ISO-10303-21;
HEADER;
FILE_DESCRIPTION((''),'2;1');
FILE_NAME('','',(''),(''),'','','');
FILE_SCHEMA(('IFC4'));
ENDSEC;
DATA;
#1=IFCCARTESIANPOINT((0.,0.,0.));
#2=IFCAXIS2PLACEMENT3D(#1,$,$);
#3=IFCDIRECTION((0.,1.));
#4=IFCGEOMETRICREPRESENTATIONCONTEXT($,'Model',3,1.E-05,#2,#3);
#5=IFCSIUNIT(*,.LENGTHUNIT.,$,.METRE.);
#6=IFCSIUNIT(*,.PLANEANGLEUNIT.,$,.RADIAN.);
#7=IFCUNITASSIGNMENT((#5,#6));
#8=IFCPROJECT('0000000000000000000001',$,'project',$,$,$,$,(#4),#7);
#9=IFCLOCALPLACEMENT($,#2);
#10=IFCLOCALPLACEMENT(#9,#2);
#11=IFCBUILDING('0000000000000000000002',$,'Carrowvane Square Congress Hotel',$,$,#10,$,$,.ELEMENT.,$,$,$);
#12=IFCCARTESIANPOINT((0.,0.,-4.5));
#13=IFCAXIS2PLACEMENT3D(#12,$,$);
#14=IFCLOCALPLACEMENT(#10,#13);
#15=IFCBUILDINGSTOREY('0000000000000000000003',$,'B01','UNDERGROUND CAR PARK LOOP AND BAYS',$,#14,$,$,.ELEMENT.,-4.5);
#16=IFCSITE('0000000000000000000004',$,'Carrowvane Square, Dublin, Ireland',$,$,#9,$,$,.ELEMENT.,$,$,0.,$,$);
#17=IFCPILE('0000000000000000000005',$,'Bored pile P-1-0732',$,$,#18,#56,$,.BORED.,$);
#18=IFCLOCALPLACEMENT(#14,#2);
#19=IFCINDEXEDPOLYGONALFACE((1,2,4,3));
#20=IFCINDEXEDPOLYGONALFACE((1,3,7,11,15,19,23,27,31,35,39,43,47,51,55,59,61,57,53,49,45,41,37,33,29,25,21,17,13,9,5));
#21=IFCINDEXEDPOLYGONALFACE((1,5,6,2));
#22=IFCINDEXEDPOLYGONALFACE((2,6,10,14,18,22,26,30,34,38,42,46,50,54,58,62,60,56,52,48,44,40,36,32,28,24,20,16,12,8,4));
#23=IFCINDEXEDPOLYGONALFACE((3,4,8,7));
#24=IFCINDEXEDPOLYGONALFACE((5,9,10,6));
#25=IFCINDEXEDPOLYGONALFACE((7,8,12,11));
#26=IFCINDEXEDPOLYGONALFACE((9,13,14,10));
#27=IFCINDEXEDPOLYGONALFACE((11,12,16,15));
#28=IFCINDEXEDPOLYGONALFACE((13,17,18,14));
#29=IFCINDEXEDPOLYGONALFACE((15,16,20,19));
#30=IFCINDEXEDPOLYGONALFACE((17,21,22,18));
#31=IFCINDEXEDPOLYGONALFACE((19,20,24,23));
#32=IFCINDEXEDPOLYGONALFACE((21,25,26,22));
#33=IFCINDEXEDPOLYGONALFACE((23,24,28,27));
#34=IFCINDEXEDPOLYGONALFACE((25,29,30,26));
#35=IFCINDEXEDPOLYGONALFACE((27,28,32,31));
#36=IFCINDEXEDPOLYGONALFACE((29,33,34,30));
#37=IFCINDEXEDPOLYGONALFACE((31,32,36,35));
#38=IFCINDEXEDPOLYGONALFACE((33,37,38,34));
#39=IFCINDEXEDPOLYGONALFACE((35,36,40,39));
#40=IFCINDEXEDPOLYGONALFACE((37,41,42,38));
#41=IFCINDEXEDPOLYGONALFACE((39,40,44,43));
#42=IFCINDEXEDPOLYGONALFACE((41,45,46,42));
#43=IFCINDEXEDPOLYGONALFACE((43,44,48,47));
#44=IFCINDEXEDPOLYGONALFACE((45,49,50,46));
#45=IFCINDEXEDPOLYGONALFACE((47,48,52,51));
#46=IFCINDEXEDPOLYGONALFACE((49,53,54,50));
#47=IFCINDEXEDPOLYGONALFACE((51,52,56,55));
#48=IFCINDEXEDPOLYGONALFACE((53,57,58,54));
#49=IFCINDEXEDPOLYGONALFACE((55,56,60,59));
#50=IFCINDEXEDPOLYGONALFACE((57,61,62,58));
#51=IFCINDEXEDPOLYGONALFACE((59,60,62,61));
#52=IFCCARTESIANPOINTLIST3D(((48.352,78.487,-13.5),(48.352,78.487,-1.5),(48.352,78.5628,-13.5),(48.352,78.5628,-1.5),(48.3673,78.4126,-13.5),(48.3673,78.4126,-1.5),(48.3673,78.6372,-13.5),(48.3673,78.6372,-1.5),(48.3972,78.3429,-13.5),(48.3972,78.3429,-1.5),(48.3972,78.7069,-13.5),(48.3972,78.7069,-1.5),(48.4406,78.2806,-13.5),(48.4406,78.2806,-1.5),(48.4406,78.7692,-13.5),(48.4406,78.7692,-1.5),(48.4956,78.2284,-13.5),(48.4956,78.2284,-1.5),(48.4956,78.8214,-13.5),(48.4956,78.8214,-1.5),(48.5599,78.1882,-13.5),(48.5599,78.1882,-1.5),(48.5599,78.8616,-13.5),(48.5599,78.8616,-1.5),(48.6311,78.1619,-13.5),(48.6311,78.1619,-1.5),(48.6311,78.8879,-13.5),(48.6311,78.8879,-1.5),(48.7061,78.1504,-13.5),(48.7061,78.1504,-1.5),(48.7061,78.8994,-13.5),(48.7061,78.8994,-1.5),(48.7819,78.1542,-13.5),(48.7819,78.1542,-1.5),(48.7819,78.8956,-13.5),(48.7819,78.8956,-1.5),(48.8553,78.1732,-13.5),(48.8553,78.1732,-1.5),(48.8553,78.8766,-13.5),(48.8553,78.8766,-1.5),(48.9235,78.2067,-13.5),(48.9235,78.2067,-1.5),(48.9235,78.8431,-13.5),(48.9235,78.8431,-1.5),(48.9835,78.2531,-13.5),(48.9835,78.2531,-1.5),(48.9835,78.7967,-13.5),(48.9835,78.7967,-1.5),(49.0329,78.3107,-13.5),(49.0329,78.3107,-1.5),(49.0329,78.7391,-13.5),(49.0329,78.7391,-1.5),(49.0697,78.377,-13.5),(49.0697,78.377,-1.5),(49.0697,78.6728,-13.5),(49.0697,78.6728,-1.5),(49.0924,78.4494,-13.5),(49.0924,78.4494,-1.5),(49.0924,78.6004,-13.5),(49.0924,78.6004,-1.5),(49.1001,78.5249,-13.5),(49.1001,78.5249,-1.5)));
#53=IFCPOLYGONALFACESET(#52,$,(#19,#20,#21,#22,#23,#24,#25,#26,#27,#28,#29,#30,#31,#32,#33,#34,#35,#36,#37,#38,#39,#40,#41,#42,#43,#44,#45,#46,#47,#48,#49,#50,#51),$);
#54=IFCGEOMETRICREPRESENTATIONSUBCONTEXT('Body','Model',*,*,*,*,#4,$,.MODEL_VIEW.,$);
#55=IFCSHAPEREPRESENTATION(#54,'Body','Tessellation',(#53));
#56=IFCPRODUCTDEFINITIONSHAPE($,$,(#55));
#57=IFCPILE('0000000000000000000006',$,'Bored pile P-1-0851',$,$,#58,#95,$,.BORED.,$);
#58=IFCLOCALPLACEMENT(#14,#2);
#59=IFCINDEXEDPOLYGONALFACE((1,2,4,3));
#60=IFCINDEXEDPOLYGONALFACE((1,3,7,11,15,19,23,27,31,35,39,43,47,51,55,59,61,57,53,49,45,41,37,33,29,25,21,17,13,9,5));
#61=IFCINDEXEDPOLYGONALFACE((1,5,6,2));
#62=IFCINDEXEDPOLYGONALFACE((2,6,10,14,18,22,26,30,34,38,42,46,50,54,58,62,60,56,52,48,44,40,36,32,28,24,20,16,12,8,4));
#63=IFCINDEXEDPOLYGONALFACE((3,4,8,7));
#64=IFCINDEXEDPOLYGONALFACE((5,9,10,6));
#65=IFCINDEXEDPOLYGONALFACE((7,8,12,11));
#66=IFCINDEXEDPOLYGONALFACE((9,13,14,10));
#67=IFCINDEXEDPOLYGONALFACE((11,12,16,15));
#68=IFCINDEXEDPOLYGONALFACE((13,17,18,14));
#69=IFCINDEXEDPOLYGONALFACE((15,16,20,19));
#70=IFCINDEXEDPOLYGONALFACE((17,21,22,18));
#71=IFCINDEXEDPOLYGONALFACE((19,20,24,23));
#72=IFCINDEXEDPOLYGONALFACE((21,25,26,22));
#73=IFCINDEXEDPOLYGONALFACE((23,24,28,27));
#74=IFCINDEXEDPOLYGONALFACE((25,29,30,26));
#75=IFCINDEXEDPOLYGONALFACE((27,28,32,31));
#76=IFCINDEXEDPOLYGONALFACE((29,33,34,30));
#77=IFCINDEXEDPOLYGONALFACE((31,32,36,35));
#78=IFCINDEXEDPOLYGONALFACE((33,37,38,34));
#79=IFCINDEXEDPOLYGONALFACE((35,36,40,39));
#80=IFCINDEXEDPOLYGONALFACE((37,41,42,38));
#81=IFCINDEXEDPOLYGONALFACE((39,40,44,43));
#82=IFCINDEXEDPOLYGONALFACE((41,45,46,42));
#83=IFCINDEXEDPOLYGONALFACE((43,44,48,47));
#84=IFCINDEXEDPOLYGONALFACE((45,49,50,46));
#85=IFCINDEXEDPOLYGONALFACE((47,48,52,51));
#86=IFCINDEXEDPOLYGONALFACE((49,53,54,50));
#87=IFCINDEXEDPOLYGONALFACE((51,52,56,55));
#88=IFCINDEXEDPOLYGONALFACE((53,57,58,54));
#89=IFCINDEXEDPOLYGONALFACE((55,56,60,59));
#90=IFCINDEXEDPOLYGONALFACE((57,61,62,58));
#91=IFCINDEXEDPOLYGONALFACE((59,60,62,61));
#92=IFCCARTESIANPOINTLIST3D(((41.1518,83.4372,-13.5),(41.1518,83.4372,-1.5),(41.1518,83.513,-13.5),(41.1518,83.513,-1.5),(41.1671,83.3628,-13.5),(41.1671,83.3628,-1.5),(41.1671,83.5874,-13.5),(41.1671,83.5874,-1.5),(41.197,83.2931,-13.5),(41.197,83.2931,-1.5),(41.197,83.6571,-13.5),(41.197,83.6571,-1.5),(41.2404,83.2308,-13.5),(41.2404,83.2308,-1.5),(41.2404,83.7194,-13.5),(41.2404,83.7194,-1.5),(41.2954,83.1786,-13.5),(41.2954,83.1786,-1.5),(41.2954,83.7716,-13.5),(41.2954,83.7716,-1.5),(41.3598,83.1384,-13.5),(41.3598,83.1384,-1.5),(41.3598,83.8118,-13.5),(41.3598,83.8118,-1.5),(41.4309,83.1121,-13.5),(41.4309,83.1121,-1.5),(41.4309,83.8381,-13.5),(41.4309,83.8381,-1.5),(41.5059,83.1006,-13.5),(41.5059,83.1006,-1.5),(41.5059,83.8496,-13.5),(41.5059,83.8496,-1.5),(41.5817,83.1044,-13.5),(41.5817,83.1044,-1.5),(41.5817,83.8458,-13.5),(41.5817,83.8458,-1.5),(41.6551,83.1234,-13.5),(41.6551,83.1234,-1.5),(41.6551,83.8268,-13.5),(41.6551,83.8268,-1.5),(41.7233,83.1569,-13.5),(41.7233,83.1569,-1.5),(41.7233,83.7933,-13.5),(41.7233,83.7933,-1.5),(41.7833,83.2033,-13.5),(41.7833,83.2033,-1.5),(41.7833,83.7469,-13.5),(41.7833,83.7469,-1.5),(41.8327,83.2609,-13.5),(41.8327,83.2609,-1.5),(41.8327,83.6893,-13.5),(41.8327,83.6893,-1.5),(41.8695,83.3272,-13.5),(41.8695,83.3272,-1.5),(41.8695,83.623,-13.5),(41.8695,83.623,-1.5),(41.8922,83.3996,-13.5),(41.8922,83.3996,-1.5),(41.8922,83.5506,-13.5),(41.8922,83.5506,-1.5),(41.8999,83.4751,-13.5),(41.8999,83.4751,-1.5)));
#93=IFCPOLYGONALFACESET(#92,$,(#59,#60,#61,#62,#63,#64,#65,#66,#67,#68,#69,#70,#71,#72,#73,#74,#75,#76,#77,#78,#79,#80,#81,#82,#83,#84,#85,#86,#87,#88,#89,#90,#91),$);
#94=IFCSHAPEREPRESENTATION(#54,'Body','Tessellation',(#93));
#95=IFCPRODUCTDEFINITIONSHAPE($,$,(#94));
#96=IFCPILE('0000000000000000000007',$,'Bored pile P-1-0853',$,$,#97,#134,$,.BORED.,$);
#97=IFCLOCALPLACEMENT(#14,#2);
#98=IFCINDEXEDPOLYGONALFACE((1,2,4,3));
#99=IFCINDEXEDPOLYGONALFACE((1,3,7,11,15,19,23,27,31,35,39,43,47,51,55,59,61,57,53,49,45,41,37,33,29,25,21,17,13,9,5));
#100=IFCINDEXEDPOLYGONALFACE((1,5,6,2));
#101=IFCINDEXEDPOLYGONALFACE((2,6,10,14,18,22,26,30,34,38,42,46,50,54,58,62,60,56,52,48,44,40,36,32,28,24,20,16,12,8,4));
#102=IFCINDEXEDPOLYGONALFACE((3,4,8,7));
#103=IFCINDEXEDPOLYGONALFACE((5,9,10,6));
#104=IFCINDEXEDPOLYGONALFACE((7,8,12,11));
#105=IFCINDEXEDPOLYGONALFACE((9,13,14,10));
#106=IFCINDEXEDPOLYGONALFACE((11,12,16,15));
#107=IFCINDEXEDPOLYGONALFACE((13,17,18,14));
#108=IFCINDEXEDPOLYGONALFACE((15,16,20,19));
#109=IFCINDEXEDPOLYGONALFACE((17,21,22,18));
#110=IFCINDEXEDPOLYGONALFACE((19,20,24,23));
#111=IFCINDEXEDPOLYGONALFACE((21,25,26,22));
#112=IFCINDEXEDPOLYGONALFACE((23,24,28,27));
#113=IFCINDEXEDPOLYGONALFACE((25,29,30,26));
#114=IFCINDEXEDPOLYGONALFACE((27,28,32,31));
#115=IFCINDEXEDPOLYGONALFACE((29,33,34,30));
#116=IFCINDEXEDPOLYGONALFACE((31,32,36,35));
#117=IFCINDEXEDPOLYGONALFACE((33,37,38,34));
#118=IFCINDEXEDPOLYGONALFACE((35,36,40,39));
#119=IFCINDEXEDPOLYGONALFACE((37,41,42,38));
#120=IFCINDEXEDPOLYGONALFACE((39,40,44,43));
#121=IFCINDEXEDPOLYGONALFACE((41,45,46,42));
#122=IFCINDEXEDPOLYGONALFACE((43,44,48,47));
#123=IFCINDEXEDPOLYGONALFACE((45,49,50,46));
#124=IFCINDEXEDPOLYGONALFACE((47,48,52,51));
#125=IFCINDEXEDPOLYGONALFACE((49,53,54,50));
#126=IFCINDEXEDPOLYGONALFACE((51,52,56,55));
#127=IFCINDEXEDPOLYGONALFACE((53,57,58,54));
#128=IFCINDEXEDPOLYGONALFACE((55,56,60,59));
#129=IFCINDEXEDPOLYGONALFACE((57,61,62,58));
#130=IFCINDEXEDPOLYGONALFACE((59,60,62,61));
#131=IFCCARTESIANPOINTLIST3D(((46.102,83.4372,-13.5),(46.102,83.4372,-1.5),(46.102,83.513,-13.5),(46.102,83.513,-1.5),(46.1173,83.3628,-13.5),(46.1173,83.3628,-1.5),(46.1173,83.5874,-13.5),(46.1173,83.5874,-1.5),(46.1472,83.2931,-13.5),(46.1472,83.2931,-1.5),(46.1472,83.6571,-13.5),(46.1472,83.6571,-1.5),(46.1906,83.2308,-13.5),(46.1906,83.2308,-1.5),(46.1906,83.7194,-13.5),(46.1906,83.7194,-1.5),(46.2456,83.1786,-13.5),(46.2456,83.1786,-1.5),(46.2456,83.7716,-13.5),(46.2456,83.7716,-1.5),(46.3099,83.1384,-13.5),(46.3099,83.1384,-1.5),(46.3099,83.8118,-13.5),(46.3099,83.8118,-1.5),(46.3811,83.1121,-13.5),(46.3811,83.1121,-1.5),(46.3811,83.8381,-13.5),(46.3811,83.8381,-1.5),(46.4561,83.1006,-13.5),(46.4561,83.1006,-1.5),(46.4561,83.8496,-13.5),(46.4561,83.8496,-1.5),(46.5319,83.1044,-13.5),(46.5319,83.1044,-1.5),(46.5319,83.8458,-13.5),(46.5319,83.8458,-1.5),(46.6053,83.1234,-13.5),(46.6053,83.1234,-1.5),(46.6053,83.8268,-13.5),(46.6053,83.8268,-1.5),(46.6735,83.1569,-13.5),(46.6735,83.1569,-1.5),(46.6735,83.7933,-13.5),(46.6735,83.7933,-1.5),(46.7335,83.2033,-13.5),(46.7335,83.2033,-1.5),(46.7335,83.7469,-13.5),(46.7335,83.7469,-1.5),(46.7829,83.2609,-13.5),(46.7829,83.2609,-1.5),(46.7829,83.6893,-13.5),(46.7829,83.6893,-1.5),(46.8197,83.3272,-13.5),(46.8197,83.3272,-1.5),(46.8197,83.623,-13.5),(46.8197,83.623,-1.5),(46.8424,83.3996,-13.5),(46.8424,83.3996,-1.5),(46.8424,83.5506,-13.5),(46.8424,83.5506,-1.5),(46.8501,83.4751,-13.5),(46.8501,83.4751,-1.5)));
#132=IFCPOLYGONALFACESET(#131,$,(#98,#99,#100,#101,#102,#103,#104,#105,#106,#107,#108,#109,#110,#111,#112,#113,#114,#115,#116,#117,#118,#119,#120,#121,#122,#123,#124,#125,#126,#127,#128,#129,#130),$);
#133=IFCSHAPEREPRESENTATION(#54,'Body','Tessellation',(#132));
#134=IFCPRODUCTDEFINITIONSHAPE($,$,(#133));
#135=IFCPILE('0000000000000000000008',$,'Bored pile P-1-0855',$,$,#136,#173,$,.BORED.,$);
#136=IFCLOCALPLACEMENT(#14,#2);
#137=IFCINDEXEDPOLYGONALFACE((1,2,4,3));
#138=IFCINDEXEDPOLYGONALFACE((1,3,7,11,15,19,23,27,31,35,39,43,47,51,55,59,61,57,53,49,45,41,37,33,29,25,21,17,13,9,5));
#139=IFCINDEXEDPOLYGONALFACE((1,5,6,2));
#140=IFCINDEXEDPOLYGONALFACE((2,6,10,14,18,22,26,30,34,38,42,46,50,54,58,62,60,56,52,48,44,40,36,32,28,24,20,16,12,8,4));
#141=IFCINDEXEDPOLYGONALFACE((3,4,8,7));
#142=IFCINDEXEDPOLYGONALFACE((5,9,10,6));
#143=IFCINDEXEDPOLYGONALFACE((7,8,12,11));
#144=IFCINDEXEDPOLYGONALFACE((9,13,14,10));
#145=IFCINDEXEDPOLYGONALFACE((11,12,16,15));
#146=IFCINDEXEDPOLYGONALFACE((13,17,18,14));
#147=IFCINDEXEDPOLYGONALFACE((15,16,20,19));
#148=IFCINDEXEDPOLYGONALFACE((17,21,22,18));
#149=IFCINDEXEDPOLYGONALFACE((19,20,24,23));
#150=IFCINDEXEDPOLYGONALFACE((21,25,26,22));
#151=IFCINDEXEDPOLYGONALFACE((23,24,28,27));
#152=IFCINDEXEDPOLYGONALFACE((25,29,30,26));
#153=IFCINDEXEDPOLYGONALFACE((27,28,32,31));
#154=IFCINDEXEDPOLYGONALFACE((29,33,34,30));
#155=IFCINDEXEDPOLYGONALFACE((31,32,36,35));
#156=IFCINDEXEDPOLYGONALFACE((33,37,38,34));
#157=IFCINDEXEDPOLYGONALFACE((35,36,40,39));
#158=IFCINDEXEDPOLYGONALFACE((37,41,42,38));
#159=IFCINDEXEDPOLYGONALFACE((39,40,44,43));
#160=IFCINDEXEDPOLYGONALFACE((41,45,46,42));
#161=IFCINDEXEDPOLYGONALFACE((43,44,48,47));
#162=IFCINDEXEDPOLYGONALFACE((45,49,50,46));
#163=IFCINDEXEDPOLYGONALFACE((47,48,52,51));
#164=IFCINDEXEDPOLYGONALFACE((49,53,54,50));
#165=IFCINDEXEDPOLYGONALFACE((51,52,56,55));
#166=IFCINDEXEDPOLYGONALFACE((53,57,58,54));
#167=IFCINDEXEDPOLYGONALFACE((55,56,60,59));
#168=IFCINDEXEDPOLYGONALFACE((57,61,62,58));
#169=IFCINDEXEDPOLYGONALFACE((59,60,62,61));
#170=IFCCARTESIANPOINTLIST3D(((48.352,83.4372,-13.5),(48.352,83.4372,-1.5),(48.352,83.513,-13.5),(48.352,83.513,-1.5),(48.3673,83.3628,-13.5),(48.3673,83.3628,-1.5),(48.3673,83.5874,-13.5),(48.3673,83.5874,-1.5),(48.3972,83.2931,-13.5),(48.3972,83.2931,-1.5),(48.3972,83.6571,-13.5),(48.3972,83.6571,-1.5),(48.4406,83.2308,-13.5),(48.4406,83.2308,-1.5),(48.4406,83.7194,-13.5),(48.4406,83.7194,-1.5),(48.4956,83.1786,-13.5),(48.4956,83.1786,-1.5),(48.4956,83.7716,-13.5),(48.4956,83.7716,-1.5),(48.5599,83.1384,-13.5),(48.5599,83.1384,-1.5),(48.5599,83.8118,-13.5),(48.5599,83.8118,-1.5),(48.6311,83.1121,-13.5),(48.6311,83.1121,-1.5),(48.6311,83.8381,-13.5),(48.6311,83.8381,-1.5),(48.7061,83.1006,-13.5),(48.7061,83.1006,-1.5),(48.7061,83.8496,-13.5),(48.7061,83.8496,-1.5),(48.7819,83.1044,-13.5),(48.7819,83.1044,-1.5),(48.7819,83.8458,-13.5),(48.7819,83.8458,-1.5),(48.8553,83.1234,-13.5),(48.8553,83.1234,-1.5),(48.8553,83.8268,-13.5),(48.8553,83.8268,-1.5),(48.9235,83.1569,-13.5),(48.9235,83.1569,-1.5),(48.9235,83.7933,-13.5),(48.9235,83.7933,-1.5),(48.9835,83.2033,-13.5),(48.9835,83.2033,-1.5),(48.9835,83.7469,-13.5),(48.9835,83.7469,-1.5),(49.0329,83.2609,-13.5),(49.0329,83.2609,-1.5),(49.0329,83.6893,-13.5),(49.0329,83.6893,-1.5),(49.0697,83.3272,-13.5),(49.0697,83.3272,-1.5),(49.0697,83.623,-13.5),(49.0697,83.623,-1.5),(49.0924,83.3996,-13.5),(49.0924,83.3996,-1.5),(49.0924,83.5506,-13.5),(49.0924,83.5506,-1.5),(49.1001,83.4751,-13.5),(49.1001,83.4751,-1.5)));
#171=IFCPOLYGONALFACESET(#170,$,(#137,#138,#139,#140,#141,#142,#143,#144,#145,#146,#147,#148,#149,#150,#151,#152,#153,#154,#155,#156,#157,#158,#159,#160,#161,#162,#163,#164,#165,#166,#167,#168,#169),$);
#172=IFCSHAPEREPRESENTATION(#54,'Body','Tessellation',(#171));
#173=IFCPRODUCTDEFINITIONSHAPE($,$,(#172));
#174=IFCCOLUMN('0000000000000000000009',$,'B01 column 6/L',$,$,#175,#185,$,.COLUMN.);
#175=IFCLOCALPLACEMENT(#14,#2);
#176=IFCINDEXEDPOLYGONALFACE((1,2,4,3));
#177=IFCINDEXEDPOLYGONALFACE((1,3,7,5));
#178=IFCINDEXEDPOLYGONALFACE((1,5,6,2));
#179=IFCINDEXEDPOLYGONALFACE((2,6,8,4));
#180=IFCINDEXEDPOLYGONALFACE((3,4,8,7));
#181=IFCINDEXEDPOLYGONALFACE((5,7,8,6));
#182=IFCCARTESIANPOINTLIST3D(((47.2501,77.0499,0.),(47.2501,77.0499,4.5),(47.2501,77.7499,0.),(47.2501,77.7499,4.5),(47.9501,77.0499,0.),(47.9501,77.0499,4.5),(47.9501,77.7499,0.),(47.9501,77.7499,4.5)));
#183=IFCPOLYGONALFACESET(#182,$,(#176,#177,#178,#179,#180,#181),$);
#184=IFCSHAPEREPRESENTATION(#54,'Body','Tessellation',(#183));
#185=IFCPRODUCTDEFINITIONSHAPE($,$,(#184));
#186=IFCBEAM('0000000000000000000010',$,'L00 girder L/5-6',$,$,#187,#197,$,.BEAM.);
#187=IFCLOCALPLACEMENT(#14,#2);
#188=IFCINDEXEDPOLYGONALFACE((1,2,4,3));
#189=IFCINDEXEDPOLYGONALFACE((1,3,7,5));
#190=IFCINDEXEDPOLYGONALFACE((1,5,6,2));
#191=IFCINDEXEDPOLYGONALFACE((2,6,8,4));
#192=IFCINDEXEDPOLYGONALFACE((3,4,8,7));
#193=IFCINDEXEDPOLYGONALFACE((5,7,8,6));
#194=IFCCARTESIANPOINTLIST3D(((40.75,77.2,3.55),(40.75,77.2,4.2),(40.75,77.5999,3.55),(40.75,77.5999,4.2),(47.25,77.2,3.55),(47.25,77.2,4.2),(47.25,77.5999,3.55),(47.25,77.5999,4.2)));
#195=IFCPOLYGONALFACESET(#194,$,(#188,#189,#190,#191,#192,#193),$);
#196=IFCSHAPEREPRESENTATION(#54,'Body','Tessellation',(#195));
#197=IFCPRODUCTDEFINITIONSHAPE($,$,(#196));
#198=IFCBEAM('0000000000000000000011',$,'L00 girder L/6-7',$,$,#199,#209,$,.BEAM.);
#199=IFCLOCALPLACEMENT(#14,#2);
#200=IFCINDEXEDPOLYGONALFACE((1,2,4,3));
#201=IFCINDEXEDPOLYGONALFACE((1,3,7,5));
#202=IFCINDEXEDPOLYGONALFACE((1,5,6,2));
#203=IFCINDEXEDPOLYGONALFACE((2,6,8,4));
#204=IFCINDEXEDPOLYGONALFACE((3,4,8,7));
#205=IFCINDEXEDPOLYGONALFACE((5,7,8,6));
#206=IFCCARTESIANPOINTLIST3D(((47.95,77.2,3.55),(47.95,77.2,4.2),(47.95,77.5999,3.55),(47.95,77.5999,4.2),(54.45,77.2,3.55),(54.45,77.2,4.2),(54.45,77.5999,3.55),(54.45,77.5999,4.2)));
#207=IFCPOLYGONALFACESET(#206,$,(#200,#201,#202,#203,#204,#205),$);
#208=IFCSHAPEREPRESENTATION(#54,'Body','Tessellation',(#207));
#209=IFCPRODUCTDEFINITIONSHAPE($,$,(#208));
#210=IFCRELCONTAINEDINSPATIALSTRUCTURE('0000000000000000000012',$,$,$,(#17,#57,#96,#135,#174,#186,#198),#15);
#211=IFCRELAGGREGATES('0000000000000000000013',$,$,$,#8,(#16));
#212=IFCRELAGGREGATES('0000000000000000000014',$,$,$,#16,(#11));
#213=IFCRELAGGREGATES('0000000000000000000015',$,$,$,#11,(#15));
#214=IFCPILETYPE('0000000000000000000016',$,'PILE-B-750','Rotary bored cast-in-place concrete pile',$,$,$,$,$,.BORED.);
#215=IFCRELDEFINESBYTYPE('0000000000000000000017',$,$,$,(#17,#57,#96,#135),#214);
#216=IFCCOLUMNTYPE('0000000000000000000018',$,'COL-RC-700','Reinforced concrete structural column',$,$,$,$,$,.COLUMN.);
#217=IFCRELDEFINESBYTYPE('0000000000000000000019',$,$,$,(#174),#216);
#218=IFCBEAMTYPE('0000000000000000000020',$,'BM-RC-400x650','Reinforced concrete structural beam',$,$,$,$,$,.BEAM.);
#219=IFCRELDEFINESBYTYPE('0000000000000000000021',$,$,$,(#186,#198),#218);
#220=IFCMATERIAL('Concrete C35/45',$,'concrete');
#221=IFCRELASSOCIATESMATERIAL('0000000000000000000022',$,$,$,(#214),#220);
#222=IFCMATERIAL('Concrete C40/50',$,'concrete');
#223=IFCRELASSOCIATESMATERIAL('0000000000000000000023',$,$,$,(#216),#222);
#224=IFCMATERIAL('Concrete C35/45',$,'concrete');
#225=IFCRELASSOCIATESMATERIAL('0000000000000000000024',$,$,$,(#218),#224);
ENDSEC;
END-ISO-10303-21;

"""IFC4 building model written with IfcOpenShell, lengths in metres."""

from ifc_helpers import new_model, si_unit, direction, frame, origin, origin_2d, place, context, subcontext, project, spatial, rectangle, circle, extrude, material, material_profile, profile_set, type_object, element, save


model = new_model("IFC4")

# Units and contexts
model_context = context("Model", 3, precision=1e-05, world=origin(), true_north=direction((0.0, 1.0)))
body_context = subcontext(model_context, "Body", "Model", "MODEL_VIEW")
ifc_project = project(units=[si_unit("LENGTHUNIT", "METRE"), si_unit("PLANEANGLEUNIT", "RADIAN")], contexts=[model_context])

# Site, building, storey
site_placement = place(None, origin())
site = spatial("IfcSite", under=ifc_project, at=site_placement, Name="Carrowvane Square, Dublin, Ireland", CompositionType="ELEMENT", RefElevation=0.0)
building_placement = place(site_placement, origin())
building = spatial("IfcBuilding", under=site, at=building_placement, Name="Carrowvane Square Congress Hotel", CompositionType="ELEMENT")
storey_placement = place(building_placement, frame((0.0, 0.0, -4.5)))
storey = spatial("IfcBuildingStorey", under=building, at=storey_placement, Name="B01", Description="UNDERGROUND CAR PARK LOOP AND BAYS", CompositionType="ELEMENT", Elevation=-4.5)

# Piles
ifc_material_1 = material(Name="Concrete C35/45", Category="concrete")
ifc_material_profile_1 = material_profile(ifc_material_1, circle(Radius=0.375, at=origin_2d()), Name="PILE D750")
ifc_profile_set_1 = profile_set([ifc_material_profile_1], Name="Concrete C35/45")
pile_type = type_object("IfcPileType", Name="PILE-B-750", Description="Rotary bored cast-in-place concrete pile", PredefinedType="BORED", material=ifc_profile_set_1)
for number, where, z_axis, x_axis, name in (
    (1, (48.7251, 78.5249, -1.5), (0.0, 0.0, -1.0), (1.0, 0.0, 0.0), "Bored pile P-1-0732"),
    (2, (41.5249, 83.4751, -1.5), (0.0, 0.0, -1.0), (1.0, 0.0, 0.0), "Bored pile P-1-0851"),
    (3, (46.4751, 83.4751, -1.5), (0.0, 0.0, -1.0), (1.0, 0.0, 0.0), "Bored pile P-1-0853"),
    (4, (48.7251, 83.4751, -1.5), (0.0, 0.0, -1.0), (1.0, 0.0, 0.0), "Bored pile P-1-0855"),
):
    element("IfcPile", number, at=place(storey_placement, frame(where, z_axis=z_axis, x_axis=x_axis)), inside=storey, type_object=pile_type, Name=name, PredefinedType="BORED", context=body_context, shape_type="SweptSolid", body=[
        extrude(circle(Radius=0.375, at=origin_2d()), origin(), (0.0, 0.0, 1.0), 12.0),
    ])

# Column
ifc_material_2 = material(Name="Concrete C40/50", Category="concrete")
ifc_material_profile_2 = material_profile(ifc_material_2, rectangle(XDim=0.7, YDim=0.7, at=origin_2d()), Name="RC 700x700")
ifc_profile_set_2 = profile_set([ifc_material_profile_2], Name="Concrete C40/50")
column_type = type_object("IfcColumnType", Name="COL-RC-700", Description="Reinforced concrete structural column", PredefinedType="COLUMN", material=ifc_profile_set_2)
column_placement = place(storey_placement, frame((47.6001, 77.3999, 0.0), z_axis=(0.0, 0.0, 1.0), x_axis=(1.0, 0.0, 0.0)))
element("IfcColumn", 5, at=column_placement, inside=storey, type_object=column_type, Name="B01 column 6/L", PredefinedType="COLUMN", context=body_context, shape_type="SweptSolid", body=[
    extrude(rectangle(XDim=0.7, YDim=0.7, at=origin_2d()), origin(), (0.0, 0.0, 1.0), 4.5),
])

# Beams
ifc_material_3 = material(Name="Concrete C35/45", Category="concrete")
ifc_material_profile_3 = material_profile(ifc_material_3, rectangle(XDim=0.3999, YDim=0.6499, at=origin_2d()), Name="RC 400x650")
ifc_profile_set_3 = profile_set([ifc_material_profile_3], Name="Concrete C35/45")
beam_type_1 = type_object("IfcBeamType", Name="BM-RC-400x650", Description="Reinforced concrete structural beam", PredefinedType="BEAM", material=ifc_profile_set_3)
for number, where, z_axis, x_axis, name in (
    (6, (40.75, 77.3999, 3.875), (1.0, 0.0, 0.0), (0.0, 1.0, 0.0), "L00 girder L/5-6"),
    (7, (47.95, 77.3999, 3.875), (1.0, 0.0, 0.0), (0.0, 1.0, 0.0), "L00 girder L/6-7"),
):
    element("IfcBeam", number, at=place(storey_placement, frame(where, z_axis=z_axis, x_axis=x_axis)), inside=storey, type_object=beam_type_1, Name=name, PredefinedType="BEAM", context=body_context, shape_type="SweptSolid", body=[
        extrude(rectangle(XDim=0.3999, YDim=0.6499, at=origin_2d()), origin(), (0.0, 0.0, 1.0), 6.5),
    ])

save(model, "model.ifc")
